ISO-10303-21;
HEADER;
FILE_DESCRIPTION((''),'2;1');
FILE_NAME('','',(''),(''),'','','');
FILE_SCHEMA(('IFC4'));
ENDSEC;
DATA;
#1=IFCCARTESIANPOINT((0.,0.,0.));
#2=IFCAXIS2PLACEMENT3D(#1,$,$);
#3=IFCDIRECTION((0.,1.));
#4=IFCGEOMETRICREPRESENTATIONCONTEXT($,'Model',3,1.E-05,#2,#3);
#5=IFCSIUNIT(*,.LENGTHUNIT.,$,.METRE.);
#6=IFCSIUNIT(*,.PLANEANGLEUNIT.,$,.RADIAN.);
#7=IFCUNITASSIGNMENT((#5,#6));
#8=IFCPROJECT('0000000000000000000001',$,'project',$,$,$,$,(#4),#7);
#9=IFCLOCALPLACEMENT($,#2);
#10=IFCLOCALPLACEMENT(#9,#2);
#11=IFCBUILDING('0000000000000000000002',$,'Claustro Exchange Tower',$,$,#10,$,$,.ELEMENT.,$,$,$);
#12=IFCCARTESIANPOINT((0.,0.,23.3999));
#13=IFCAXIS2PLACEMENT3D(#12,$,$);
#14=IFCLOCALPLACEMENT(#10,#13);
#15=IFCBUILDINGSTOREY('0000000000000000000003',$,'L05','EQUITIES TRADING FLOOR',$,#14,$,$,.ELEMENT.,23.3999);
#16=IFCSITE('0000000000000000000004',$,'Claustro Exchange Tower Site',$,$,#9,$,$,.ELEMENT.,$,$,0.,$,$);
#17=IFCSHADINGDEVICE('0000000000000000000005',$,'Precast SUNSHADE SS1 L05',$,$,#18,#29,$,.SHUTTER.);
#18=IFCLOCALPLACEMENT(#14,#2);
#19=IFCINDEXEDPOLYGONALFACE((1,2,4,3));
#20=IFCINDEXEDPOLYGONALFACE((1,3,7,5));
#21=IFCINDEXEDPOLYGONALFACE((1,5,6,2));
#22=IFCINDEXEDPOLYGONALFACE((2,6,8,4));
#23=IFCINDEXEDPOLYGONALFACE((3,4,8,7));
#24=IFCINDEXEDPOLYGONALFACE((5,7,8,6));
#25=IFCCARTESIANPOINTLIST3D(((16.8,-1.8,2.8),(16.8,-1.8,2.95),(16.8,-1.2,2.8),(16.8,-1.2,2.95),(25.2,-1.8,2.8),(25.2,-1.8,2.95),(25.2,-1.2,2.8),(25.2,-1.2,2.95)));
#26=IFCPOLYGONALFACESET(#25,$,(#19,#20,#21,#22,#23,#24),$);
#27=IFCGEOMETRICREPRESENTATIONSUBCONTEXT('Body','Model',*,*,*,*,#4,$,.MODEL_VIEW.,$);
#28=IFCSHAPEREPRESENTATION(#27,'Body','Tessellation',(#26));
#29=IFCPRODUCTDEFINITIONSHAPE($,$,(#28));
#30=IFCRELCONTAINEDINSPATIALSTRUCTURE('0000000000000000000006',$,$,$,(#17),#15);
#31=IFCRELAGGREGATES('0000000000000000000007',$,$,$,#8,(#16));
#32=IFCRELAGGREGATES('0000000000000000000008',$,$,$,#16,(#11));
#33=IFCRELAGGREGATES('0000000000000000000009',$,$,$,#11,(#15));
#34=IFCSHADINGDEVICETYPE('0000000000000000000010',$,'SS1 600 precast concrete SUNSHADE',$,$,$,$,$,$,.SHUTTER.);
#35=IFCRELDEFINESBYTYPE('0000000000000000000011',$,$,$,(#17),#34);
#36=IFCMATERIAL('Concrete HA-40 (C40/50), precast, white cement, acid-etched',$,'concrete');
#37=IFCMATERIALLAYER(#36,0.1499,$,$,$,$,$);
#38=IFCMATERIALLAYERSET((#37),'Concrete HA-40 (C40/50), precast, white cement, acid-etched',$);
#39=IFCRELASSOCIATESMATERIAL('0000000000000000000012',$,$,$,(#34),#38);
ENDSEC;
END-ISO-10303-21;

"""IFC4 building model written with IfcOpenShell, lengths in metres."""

from ifc_helpers import new_model, si_unit, direction, frame, origin, origin_2d, place, context, subcontext, project, spatial, rectangle, extrude, material, layer, layer_set, type_object, element, save


model = new_model("IFC4")

# Units and contexts
model_context = context("Model", 3, precision=1e-05, world=origin(), true_north=direction((0.0, 1.0)))
body_context = subcontext(model_context, "Body", "Model", "MODEL_VIEW")
ifc_project = project(units=[si_unit("LENGTHUNIT", "METRE"), si_unit("PLANEANGLEUNIT", "RADIAN")], contexts=[model_context])

# Site, building, storey
site_placement = place(None, origin())
site = spatial("IfcSite", under=ifc_project, at=site_placement, Name="Claustro Exchange Tower Site", CompositionType="ELEMENT", RefElevation=0.0)
building_placement = place(site_placement, origin())
building = spatial("IfcBuilding", under=site, at=building_placement, Name="Claustro Exchange Tower", CompositionType="ELEMENT")
storey_placement = place(building_placement, frame((0.0, 0.0, 23.3999)))
storey = spatial("IfcBuildingStorey", under=building, at=storey_placement, Name="L05", Description="EQUITIES TRADING FLOOR", CompositionType="ELEMENT", Elevation=23.3999)

# Shading device
ifc_material_1 = material(Name="Concrete HA-40 (C40/50), precast, white cement, acid-etched", Category="concrete")
ifc_layer_1 = layer(ifc_material_1, 0.1499)
ifc_layer_set_1 = layer_set([ifc_layer_1], Name="Concrete HA-40 (C40/50), precast, white cement, acid-etched")
shading_device_type = type_object("IfcShadingDeviceType", Name="SS1 600 precast concrete SUNSHADE", PredefinedType="SHUTTER", material=ifc_layer_set_1)
shading_device_placement = place(storey_placement, frame((21.0, -1.5, 2.8), z_axis=(0.0, 0.0, 1.0), x_axis=(-1.0, 0.0, 0.0)))
element("IfcShadingDevice", 1, at=shading_device_placement, inside=storey, type_object=shading_device_type, Name="Precast SUNSHADE SS1 L05", PredefinedType="SHUTTER", context=body_context, shape_type="SweptSolid", body=[
    extrude(rectangle(XDim=8.3999, YDim=0.6001, at=origin_2d()), origin(), (0.0, 0.0, 1.0), 0.1499),
])

save(model, "model.ifc")
